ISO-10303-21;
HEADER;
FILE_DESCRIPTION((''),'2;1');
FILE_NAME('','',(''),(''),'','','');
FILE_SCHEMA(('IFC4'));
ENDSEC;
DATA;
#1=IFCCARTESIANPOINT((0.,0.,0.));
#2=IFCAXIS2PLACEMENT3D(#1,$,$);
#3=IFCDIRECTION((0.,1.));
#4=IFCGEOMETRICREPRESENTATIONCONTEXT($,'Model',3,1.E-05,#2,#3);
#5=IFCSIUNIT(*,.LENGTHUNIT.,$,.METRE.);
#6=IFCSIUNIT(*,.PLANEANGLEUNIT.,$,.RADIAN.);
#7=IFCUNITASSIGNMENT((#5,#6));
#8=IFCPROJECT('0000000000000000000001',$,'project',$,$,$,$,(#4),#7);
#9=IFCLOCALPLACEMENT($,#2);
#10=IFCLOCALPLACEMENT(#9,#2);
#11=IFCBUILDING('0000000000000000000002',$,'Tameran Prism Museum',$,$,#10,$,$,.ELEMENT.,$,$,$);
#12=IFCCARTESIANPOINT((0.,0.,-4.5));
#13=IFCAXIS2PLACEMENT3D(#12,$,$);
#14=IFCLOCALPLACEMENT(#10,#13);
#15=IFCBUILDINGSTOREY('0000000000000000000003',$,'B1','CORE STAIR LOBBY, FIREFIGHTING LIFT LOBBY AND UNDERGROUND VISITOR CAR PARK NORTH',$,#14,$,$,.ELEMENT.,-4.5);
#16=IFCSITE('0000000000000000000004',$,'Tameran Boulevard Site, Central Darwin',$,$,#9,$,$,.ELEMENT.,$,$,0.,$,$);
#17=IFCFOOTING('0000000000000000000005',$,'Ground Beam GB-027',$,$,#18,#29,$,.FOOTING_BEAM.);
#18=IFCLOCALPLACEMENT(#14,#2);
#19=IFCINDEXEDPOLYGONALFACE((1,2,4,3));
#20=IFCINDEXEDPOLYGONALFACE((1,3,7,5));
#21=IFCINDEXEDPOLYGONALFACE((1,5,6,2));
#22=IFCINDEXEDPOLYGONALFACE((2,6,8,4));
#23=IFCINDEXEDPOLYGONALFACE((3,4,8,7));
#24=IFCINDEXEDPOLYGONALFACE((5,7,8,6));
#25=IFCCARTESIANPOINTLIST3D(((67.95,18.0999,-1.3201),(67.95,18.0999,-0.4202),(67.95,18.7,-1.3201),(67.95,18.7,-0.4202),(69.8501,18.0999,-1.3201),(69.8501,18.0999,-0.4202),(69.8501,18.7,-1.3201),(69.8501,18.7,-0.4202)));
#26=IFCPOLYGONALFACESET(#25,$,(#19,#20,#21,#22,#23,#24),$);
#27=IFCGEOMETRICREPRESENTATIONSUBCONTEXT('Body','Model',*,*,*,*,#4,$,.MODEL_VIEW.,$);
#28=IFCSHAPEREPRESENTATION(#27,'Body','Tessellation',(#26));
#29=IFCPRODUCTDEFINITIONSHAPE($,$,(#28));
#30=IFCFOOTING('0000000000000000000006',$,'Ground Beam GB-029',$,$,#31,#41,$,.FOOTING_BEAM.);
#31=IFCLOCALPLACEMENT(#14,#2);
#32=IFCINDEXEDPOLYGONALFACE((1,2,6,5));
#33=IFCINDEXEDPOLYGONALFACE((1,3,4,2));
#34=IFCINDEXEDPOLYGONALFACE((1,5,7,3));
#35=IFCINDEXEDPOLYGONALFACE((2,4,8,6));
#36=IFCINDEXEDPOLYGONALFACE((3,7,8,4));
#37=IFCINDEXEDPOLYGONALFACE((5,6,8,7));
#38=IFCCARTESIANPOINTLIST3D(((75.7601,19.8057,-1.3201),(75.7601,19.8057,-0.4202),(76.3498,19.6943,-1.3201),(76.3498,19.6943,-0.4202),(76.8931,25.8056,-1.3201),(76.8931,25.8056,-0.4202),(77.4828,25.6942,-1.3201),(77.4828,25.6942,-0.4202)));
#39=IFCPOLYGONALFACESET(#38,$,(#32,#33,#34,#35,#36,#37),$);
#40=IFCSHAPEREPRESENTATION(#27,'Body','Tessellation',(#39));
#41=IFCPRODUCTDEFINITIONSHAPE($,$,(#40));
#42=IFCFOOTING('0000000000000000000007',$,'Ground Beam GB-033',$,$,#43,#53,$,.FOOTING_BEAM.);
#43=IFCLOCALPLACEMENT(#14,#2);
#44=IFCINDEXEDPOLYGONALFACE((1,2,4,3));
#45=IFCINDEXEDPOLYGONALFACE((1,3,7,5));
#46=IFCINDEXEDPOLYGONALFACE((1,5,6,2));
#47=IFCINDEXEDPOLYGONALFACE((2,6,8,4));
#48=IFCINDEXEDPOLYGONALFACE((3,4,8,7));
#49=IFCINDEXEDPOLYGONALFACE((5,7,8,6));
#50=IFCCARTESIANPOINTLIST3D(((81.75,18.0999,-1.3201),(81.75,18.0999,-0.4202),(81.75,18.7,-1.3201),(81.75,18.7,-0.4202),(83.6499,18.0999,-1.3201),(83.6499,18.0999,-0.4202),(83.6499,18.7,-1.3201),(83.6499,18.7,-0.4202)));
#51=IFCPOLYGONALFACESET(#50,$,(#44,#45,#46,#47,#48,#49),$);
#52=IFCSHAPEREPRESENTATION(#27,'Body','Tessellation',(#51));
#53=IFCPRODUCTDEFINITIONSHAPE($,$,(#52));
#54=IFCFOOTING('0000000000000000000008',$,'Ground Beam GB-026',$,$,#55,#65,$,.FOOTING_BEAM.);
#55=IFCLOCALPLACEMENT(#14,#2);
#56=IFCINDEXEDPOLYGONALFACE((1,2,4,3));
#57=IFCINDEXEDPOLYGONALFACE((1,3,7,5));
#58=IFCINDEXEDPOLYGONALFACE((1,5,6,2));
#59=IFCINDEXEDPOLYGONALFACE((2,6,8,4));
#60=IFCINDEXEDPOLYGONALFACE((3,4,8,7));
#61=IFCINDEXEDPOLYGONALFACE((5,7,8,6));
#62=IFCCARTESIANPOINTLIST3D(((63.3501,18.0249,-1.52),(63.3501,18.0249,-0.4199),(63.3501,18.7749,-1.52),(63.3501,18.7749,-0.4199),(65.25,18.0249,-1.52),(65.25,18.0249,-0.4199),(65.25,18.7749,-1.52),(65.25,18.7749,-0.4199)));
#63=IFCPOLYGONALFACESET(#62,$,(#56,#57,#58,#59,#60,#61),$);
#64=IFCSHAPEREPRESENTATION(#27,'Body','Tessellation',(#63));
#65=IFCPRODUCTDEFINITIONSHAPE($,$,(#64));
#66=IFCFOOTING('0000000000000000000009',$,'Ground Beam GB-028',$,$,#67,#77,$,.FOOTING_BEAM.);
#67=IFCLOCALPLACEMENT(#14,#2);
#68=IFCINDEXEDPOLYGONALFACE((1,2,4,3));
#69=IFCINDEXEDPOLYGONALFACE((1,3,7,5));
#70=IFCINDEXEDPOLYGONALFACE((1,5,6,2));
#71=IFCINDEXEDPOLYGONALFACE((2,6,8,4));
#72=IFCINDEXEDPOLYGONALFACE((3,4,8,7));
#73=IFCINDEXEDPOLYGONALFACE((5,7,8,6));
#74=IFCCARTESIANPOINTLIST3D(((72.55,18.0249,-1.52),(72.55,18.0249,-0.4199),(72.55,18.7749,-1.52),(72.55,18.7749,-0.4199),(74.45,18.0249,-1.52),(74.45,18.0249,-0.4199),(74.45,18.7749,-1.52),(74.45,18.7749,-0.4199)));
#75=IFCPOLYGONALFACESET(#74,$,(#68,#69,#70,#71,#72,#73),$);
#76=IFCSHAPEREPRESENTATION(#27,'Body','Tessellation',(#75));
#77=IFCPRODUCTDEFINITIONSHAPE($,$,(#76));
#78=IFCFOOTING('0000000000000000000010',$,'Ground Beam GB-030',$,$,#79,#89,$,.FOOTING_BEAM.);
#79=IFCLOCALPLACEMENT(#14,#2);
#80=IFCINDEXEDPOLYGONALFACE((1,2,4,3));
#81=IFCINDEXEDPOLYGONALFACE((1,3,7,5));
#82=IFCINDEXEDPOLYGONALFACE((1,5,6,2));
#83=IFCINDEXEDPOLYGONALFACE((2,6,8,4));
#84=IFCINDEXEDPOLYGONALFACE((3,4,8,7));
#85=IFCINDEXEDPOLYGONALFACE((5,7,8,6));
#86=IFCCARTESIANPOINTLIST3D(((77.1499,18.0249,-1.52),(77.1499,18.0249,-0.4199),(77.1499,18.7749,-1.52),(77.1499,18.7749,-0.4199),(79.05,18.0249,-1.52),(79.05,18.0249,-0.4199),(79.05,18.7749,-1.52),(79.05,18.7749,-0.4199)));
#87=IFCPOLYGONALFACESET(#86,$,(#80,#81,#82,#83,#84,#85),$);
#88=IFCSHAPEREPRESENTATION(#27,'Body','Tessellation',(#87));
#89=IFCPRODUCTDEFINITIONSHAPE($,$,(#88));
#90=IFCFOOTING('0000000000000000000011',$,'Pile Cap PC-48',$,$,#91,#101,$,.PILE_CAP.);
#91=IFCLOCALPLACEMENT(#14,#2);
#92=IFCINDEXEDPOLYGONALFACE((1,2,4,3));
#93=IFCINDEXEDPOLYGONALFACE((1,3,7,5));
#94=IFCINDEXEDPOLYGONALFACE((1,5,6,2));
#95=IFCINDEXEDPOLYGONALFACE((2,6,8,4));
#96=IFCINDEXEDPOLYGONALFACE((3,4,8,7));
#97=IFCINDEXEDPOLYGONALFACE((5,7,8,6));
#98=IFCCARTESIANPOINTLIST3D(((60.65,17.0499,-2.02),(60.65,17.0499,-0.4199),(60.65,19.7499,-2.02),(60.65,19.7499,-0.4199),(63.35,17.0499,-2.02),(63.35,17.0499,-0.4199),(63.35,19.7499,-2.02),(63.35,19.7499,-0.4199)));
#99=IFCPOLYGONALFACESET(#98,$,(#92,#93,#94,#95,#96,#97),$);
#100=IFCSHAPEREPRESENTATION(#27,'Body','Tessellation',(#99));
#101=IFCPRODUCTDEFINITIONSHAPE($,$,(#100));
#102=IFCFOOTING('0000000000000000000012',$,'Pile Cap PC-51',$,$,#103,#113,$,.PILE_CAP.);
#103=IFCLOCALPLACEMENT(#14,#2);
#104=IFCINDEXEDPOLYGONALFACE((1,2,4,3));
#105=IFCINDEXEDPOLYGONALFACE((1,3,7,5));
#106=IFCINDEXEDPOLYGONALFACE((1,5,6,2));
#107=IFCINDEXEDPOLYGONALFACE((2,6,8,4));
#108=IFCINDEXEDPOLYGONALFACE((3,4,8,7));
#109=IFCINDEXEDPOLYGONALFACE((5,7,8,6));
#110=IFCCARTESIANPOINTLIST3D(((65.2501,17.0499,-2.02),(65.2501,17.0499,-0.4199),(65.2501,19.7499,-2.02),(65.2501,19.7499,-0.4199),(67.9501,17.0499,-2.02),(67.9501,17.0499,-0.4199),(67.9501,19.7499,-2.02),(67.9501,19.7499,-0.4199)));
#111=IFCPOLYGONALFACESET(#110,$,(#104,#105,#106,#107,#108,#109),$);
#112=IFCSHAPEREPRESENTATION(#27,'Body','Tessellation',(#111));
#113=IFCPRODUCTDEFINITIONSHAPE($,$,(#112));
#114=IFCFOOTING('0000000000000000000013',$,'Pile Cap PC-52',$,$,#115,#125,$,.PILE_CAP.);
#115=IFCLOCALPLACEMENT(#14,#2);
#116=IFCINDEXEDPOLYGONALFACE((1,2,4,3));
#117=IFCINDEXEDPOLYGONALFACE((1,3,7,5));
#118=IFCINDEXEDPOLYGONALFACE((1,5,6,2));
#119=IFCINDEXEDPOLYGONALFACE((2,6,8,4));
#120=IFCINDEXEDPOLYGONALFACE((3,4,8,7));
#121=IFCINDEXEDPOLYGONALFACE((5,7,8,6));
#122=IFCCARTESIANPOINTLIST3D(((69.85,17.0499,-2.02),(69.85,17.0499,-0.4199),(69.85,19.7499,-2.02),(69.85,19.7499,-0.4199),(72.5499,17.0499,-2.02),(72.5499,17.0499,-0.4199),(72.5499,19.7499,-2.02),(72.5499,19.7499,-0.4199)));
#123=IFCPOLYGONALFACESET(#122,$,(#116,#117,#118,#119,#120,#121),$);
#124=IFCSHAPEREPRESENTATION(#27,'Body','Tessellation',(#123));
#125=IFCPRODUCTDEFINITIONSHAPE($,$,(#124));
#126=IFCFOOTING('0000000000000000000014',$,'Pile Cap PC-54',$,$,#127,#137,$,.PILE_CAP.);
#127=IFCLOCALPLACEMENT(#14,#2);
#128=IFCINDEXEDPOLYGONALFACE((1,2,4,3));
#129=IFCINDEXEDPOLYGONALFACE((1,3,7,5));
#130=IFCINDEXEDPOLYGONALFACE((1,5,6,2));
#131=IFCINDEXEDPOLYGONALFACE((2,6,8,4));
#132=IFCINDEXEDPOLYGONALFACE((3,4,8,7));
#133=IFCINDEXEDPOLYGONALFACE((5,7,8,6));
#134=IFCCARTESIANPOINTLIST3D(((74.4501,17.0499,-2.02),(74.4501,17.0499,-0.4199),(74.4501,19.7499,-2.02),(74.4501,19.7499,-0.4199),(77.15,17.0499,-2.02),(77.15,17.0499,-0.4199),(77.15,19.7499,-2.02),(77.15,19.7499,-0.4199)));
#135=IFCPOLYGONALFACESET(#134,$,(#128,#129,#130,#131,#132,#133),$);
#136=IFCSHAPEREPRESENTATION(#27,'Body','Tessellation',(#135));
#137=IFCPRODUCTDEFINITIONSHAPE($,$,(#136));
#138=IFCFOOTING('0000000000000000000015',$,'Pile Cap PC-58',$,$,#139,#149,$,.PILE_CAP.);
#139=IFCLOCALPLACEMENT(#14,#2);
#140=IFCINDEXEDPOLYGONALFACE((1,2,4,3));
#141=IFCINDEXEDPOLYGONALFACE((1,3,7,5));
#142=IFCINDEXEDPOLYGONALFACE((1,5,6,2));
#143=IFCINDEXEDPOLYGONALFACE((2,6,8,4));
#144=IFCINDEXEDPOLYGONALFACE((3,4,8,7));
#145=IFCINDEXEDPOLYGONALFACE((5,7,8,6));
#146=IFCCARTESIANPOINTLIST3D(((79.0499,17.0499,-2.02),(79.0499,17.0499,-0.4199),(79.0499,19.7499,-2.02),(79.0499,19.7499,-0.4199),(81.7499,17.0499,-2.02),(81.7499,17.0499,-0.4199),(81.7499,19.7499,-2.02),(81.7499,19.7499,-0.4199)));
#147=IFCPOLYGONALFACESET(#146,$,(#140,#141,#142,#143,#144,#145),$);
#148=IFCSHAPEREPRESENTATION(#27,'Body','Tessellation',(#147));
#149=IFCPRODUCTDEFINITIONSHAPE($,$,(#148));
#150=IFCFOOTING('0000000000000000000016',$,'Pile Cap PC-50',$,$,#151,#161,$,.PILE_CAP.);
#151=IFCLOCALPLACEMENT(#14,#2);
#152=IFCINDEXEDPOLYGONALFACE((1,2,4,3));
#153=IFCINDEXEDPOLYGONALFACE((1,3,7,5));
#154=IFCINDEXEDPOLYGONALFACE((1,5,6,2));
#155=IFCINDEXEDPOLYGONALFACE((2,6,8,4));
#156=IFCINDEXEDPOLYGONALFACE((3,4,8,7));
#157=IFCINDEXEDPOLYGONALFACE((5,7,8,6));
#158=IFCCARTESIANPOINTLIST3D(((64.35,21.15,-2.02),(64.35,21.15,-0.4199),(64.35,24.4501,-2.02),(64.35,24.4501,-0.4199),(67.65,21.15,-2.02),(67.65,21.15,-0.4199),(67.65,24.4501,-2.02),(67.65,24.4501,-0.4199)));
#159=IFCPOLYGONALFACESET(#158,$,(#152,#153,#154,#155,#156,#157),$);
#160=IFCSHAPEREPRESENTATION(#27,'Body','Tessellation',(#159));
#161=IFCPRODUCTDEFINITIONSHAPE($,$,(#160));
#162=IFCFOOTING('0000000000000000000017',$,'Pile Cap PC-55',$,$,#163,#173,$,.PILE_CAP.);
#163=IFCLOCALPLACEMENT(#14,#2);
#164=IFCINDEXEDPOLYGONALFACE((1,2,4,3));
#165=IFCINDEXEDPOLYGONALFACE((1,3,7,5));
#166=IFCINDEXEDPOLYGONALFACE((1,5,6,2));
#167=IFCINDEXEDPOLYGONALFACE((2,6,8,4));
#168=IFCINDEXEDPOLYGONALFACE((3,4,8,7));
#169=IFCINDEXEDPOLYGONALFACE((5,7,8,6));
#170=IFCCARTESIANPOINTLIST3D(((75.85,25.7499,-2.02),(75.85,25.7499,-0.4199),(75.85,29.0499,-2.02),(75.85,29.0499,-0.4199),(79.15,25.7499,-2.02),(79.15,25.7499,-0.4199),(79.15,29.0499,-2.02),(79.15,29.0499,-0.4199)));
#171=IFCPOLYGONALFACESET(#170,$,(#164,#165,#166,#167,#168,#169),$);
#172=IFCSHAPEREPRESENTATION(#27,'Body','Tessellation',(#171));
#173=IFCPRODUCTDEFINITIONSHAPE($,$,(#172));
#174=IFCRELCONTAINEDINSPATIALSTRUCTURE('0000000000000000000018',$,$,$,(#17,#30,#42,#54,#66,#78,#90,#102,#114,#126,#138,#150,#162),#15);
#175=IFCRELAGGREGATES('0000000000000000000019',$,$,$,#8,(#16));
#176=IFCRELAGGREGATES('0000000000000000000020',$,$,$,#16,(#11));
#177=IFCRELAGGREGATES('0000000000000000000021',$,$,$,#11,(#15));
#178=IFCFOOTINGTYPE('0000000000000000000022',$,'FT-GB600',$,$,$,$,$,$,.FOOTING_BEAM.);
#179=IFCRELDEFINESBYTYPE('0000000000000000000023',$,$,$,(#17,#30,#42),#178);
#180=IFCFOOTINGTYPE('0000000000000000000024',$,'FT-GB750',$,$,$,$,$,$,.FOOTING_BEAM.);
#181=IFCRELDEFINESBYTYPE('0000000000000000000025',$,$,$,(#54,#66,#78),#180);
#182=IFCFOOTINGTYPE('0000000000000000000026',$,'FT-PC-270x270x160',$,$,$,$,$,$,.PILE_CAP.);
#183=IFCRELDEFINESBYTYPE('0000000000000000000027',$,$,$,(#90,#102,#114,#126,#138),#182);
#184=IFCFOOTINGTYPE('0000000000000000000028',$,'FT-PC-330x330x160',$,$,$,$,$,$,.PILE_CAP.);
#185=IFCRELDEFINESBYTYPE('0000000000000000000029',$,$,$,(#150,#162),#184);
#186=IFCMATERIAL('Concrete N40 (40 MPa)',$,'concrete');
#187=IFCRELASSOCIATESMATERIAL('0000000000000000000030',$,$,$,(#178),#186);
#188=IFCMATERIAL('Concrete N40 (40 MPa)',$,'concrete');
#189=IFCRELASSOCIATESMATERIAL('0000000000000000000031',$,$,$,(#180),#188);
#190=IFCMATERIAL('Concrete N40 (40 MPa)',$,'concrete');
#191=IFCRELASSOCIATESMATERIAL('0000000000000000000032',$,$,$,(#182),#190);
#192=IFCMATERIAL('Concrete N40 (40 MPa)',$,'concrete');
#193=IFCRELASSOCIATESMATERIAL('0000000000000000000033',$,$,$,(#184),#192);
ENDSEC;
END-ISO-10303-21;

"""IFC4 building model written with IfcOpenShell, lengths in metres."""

from ifc_helpers import new_model, si_unit, direction, frame, origin, origin_2d, place, context, subcontext, project, spatial, rectangle, extrude, material, material_profile, profile_set, type_object, element, save


model = new_model("IFC4")

# Units and contexts
model_context = context("Model", 3, precision=1e-05, world=origin(), true_north=direction((0.0, 1.0)))
body_context = subcontext(model_context, "Body", "Model", "MODEL_VIEW")
ifc_project = project(units=[si_unit("LENGTHUNIT", "METRE"), si_unit("PLANEANGLEUNIT", "RADIAN")], contexts=[model_context])

# Site, building, storey
site_placement = place(None, origin())
site = spatial("IfcSite", under=ifc_project, at=site_placement, Name="Tameran Boulevard Site, Central Darwin", CompositionType="ELEMENT", RefElevation=0.0)
building_placement = place(site_placement, origin())
building = spatial("IfcBuilding", under=site, at=building_placement, Name="Tameran Prism Museum", CompositionType="ELEMENT")
storey_placement = place(building_placement, frame((0.0, 0.0, -4.5)))
storey = spatial("IfcBuildingStorey", under=building, at=storey_placement, Name="B1", Description="CORE STAIR LOBBY, FIREFIGHTING LIFT LOBBY AND UNDERGROUND VISITOR CAR PARK NORTH", CompositionType="ELEMENT", Elevation=-4.5)

# Footings
ifc_material_1 = material(Name="Concrete N40 (40 MPa)", Category="concrete")
ifc_material_profile_1 = material_profile(ifc_material_1, rectangle(XDim=0.6001, YDim=0.8999, at=origin_2d()))
ifc_profile_set_1 = profile_set([ifc_material_profile_1])
footing_type_1 = type_object("IfcFootingType", Name="FT-GB600", PredefinedType="FOOTING_BEAM", material=ifc_profile_set_1)
footing_1_placement = place(storey_placement, frame((67.95, 18.3999, -0.8701), z_axis=(1.0, 0.0, 0.0), x_axis=(0.0, 1.0, 0.0)))
element("IfcFooting", 1, at=footing_1_placement, inside=storey, type_object=footing_type_1, Name="Ground Beam GB-027", PredefinedType="FOOTING_BEAM", context=body_context, shape_type="SweptSolid", body=[
    extrude(rectangle(XDim=0.6001, YDim=0.8999, at=origin_2d()), origin(), (0.0, 0.0, 1.0), 1.9001),
])
footing_2_placement = place(storey_placement, frame((76.0549, 19.75, -0.8701), z_axis=(0.185563, 0.982632, 0.0), x_axis=(-0.982632, 0.185563, 0.0)))
element("IfcFooting", 2, at=footing_2_placement, inside=storey, type_object=footing_type_1, Name="Ground Beam GB-029", PredefinedType="FOOTING_BEAM", context=body_context, shape_type="SweptSolid", body=[
    extrude(rectangle(XDim=0.6001, YDim=0.8999, at=origin_2d()), origin(), (0.0, 0.0, 1.0), 6.106),
])
footing_3_placement = place(storey_placement, frame((81.75, 18.3999, -0.8701), z_axis=(1.0, 0.0, 0.0), x_axis=(0.0, 1.0, 0.0)))
element("IfcFooting", 3, at=footing_3_placement, inside=storey, type_object=footing_type_1, Name="Ground Beam GB-033", PredefinedType="FOOTING_BEAM", context=body_context, shape_type="SweptSolid", body=[
    extrude(rectangle(XDim=0.6001, YDim=0.8999, at=origin_2d()), origin(), (0.0, 0.0, 1.0), 1.8999),
])
ifc_material_2 = material(Name="Concrete N40 (40 MPa)", Category="concrete")
ifc_material_profile_2 = material_profile(ifc_material_2, rectangle(XDim=0.75, YDim=1.1001, at=origin_2d()))
ifc_profile_set_2 = profile_set([ifc_material_profile_2])
footing_type_2 = type_object("IfcFootingType", Name="FT-GB750", PredefinedType="FOOTING_BEAM", material=ifc_profile_set_2)
for number, where, z_axis, x_axis, name in (
    (4, (63.3501, 18.3999, -0.97), (1.0, 0.0, 0.0), (0.0, 1.0, 0.0), "Ground Beam GB-026"),
    (5, (72.55, 18.3999, -0.97), (1.0, 0.0, 0.0), (0.0, 1.0, 0.0), "Ground Beam GB-028"),
):
    element("IfcFooting", number, at=place(storey_placement, frame(where, z_axis=z_axis, x_axis=x_axis)), inside=storey, type_object=footing_type_2, Name=name, PredefinedType="FOOTING_BEAM", context=body_context, shape_type="SweptSolid", body=[
        extrude(rectangle(XDim=0.75, YDim=1.1001, at=origin_2d()), origin(), (0.0, 0.0, 1.0), 1.8999),
    ])
footing_4_placement = place(storey_placement, frame((77.1499, 18.3999, -0.97), z_axis=(1.0, 0.0, 0.0), x_axis=(0.0, 1.0, 0.0)))
element("IfcFooting", 6, at=footing_4_placement, inside=storey, type_object=footing_type_2, Name="Ground Beam GB-030", PredefinedType="FOOTING_BEAM", context=body_context, shape_type="SweptSolid", body=[
    extrude(rectangle(XDim=0.75, YDim=1.1001, at=origin_2d()), origin(), (0.0, 0.0, 1.0), 1.9001),
])
ifc_material_3 = material(Name="Concrete N40 (40 MPa)", Category="concrete")
footing_type_3 = type_object("IfcFootingType", Name="FT-PC-270x270x160", PredefinedType="PILE_CAP", material=ifc_material_3)
for number, where, z_axis, x_axis, name in (
    (7, (62.0, 18.3999, -2.02), (0.0, 0.0, 1.0), (1.0, 0.0, 0.0), "Pile Cap PC-48"),
    (8, (66.6001, 18.3999, -2.02), (0.0, 0.0, 1.0), (1.0, 0.0, 0.0), "Pile Cap PC-51"),
    (9, (71.2, 18.3999, -2.02), (0.0, 0.0, 1.0), (1.0, 0.0, 0.0), "Pile Cap PC-52"),
    (10, (75.8, 18.3999, -2.02), (0.0, 0.0, 1.0), (1.0, 0.0, 0.0), "Pile Cap PC-54"),
    (11, (80.3999, 18.3999, -2.02), (0.0, 0.0, 1.0), (1.0, 0.0, 0.0), "Pile Cap PC-58"),
):
    element("IfcFooting", number, at=place(storey_placement, frame(where, z_axis=z_axis, x_axis=x_axis)), inside=storey, type_object=footing_type_3, Name=name, PredefinedType="PILE_CAP", context=body_context, shape_type="SweptSolid", body=[
        extrude(rectangle(XDim=2.7, YDim=2.7, at=origin_2d()), origin(), (0.0, 0.0, 1.0), 1.6001),
    ])
ifc_material_4 = material(Name="Concrete N40 (40 MPa)", Category="concrete")
footing_type_4 = type_object("IfcFootingType", Name="FT-PC-330x330x160", PredefinedType="PILE_CAP", material=ifc_material_4)
for number, where, z_axis, x_axis, name in (
    (12, (66.0, 22.8, -2.02), (0.0, 0.0, 1.0), (1.0, 0.0, 0.0), "Pile Cap PC-50"),
    (13, (77.5, 27.3999, -2.02), (0.0, 0.0, 1.0), (1.0, 0.0, 0.0), "Pile Cap PC-55"),
):
    element("IfcFooting", number, at=place(storey_placement, frame(where, z_axis=z_axis, x_axis=x_axis)), inside=storey, type_object=footing_type_4, Name=name, PredefinedType="PILE_CAP", context=body_context, shape_type="SweptSolid", body=[
        extrude(rectangle(XDim=3.3, YDim=3.3, at=origin_2d()), origin(), (0.0, 0.0, 1.0), 1.6001),
    ])

save(model, "model.ifc")
